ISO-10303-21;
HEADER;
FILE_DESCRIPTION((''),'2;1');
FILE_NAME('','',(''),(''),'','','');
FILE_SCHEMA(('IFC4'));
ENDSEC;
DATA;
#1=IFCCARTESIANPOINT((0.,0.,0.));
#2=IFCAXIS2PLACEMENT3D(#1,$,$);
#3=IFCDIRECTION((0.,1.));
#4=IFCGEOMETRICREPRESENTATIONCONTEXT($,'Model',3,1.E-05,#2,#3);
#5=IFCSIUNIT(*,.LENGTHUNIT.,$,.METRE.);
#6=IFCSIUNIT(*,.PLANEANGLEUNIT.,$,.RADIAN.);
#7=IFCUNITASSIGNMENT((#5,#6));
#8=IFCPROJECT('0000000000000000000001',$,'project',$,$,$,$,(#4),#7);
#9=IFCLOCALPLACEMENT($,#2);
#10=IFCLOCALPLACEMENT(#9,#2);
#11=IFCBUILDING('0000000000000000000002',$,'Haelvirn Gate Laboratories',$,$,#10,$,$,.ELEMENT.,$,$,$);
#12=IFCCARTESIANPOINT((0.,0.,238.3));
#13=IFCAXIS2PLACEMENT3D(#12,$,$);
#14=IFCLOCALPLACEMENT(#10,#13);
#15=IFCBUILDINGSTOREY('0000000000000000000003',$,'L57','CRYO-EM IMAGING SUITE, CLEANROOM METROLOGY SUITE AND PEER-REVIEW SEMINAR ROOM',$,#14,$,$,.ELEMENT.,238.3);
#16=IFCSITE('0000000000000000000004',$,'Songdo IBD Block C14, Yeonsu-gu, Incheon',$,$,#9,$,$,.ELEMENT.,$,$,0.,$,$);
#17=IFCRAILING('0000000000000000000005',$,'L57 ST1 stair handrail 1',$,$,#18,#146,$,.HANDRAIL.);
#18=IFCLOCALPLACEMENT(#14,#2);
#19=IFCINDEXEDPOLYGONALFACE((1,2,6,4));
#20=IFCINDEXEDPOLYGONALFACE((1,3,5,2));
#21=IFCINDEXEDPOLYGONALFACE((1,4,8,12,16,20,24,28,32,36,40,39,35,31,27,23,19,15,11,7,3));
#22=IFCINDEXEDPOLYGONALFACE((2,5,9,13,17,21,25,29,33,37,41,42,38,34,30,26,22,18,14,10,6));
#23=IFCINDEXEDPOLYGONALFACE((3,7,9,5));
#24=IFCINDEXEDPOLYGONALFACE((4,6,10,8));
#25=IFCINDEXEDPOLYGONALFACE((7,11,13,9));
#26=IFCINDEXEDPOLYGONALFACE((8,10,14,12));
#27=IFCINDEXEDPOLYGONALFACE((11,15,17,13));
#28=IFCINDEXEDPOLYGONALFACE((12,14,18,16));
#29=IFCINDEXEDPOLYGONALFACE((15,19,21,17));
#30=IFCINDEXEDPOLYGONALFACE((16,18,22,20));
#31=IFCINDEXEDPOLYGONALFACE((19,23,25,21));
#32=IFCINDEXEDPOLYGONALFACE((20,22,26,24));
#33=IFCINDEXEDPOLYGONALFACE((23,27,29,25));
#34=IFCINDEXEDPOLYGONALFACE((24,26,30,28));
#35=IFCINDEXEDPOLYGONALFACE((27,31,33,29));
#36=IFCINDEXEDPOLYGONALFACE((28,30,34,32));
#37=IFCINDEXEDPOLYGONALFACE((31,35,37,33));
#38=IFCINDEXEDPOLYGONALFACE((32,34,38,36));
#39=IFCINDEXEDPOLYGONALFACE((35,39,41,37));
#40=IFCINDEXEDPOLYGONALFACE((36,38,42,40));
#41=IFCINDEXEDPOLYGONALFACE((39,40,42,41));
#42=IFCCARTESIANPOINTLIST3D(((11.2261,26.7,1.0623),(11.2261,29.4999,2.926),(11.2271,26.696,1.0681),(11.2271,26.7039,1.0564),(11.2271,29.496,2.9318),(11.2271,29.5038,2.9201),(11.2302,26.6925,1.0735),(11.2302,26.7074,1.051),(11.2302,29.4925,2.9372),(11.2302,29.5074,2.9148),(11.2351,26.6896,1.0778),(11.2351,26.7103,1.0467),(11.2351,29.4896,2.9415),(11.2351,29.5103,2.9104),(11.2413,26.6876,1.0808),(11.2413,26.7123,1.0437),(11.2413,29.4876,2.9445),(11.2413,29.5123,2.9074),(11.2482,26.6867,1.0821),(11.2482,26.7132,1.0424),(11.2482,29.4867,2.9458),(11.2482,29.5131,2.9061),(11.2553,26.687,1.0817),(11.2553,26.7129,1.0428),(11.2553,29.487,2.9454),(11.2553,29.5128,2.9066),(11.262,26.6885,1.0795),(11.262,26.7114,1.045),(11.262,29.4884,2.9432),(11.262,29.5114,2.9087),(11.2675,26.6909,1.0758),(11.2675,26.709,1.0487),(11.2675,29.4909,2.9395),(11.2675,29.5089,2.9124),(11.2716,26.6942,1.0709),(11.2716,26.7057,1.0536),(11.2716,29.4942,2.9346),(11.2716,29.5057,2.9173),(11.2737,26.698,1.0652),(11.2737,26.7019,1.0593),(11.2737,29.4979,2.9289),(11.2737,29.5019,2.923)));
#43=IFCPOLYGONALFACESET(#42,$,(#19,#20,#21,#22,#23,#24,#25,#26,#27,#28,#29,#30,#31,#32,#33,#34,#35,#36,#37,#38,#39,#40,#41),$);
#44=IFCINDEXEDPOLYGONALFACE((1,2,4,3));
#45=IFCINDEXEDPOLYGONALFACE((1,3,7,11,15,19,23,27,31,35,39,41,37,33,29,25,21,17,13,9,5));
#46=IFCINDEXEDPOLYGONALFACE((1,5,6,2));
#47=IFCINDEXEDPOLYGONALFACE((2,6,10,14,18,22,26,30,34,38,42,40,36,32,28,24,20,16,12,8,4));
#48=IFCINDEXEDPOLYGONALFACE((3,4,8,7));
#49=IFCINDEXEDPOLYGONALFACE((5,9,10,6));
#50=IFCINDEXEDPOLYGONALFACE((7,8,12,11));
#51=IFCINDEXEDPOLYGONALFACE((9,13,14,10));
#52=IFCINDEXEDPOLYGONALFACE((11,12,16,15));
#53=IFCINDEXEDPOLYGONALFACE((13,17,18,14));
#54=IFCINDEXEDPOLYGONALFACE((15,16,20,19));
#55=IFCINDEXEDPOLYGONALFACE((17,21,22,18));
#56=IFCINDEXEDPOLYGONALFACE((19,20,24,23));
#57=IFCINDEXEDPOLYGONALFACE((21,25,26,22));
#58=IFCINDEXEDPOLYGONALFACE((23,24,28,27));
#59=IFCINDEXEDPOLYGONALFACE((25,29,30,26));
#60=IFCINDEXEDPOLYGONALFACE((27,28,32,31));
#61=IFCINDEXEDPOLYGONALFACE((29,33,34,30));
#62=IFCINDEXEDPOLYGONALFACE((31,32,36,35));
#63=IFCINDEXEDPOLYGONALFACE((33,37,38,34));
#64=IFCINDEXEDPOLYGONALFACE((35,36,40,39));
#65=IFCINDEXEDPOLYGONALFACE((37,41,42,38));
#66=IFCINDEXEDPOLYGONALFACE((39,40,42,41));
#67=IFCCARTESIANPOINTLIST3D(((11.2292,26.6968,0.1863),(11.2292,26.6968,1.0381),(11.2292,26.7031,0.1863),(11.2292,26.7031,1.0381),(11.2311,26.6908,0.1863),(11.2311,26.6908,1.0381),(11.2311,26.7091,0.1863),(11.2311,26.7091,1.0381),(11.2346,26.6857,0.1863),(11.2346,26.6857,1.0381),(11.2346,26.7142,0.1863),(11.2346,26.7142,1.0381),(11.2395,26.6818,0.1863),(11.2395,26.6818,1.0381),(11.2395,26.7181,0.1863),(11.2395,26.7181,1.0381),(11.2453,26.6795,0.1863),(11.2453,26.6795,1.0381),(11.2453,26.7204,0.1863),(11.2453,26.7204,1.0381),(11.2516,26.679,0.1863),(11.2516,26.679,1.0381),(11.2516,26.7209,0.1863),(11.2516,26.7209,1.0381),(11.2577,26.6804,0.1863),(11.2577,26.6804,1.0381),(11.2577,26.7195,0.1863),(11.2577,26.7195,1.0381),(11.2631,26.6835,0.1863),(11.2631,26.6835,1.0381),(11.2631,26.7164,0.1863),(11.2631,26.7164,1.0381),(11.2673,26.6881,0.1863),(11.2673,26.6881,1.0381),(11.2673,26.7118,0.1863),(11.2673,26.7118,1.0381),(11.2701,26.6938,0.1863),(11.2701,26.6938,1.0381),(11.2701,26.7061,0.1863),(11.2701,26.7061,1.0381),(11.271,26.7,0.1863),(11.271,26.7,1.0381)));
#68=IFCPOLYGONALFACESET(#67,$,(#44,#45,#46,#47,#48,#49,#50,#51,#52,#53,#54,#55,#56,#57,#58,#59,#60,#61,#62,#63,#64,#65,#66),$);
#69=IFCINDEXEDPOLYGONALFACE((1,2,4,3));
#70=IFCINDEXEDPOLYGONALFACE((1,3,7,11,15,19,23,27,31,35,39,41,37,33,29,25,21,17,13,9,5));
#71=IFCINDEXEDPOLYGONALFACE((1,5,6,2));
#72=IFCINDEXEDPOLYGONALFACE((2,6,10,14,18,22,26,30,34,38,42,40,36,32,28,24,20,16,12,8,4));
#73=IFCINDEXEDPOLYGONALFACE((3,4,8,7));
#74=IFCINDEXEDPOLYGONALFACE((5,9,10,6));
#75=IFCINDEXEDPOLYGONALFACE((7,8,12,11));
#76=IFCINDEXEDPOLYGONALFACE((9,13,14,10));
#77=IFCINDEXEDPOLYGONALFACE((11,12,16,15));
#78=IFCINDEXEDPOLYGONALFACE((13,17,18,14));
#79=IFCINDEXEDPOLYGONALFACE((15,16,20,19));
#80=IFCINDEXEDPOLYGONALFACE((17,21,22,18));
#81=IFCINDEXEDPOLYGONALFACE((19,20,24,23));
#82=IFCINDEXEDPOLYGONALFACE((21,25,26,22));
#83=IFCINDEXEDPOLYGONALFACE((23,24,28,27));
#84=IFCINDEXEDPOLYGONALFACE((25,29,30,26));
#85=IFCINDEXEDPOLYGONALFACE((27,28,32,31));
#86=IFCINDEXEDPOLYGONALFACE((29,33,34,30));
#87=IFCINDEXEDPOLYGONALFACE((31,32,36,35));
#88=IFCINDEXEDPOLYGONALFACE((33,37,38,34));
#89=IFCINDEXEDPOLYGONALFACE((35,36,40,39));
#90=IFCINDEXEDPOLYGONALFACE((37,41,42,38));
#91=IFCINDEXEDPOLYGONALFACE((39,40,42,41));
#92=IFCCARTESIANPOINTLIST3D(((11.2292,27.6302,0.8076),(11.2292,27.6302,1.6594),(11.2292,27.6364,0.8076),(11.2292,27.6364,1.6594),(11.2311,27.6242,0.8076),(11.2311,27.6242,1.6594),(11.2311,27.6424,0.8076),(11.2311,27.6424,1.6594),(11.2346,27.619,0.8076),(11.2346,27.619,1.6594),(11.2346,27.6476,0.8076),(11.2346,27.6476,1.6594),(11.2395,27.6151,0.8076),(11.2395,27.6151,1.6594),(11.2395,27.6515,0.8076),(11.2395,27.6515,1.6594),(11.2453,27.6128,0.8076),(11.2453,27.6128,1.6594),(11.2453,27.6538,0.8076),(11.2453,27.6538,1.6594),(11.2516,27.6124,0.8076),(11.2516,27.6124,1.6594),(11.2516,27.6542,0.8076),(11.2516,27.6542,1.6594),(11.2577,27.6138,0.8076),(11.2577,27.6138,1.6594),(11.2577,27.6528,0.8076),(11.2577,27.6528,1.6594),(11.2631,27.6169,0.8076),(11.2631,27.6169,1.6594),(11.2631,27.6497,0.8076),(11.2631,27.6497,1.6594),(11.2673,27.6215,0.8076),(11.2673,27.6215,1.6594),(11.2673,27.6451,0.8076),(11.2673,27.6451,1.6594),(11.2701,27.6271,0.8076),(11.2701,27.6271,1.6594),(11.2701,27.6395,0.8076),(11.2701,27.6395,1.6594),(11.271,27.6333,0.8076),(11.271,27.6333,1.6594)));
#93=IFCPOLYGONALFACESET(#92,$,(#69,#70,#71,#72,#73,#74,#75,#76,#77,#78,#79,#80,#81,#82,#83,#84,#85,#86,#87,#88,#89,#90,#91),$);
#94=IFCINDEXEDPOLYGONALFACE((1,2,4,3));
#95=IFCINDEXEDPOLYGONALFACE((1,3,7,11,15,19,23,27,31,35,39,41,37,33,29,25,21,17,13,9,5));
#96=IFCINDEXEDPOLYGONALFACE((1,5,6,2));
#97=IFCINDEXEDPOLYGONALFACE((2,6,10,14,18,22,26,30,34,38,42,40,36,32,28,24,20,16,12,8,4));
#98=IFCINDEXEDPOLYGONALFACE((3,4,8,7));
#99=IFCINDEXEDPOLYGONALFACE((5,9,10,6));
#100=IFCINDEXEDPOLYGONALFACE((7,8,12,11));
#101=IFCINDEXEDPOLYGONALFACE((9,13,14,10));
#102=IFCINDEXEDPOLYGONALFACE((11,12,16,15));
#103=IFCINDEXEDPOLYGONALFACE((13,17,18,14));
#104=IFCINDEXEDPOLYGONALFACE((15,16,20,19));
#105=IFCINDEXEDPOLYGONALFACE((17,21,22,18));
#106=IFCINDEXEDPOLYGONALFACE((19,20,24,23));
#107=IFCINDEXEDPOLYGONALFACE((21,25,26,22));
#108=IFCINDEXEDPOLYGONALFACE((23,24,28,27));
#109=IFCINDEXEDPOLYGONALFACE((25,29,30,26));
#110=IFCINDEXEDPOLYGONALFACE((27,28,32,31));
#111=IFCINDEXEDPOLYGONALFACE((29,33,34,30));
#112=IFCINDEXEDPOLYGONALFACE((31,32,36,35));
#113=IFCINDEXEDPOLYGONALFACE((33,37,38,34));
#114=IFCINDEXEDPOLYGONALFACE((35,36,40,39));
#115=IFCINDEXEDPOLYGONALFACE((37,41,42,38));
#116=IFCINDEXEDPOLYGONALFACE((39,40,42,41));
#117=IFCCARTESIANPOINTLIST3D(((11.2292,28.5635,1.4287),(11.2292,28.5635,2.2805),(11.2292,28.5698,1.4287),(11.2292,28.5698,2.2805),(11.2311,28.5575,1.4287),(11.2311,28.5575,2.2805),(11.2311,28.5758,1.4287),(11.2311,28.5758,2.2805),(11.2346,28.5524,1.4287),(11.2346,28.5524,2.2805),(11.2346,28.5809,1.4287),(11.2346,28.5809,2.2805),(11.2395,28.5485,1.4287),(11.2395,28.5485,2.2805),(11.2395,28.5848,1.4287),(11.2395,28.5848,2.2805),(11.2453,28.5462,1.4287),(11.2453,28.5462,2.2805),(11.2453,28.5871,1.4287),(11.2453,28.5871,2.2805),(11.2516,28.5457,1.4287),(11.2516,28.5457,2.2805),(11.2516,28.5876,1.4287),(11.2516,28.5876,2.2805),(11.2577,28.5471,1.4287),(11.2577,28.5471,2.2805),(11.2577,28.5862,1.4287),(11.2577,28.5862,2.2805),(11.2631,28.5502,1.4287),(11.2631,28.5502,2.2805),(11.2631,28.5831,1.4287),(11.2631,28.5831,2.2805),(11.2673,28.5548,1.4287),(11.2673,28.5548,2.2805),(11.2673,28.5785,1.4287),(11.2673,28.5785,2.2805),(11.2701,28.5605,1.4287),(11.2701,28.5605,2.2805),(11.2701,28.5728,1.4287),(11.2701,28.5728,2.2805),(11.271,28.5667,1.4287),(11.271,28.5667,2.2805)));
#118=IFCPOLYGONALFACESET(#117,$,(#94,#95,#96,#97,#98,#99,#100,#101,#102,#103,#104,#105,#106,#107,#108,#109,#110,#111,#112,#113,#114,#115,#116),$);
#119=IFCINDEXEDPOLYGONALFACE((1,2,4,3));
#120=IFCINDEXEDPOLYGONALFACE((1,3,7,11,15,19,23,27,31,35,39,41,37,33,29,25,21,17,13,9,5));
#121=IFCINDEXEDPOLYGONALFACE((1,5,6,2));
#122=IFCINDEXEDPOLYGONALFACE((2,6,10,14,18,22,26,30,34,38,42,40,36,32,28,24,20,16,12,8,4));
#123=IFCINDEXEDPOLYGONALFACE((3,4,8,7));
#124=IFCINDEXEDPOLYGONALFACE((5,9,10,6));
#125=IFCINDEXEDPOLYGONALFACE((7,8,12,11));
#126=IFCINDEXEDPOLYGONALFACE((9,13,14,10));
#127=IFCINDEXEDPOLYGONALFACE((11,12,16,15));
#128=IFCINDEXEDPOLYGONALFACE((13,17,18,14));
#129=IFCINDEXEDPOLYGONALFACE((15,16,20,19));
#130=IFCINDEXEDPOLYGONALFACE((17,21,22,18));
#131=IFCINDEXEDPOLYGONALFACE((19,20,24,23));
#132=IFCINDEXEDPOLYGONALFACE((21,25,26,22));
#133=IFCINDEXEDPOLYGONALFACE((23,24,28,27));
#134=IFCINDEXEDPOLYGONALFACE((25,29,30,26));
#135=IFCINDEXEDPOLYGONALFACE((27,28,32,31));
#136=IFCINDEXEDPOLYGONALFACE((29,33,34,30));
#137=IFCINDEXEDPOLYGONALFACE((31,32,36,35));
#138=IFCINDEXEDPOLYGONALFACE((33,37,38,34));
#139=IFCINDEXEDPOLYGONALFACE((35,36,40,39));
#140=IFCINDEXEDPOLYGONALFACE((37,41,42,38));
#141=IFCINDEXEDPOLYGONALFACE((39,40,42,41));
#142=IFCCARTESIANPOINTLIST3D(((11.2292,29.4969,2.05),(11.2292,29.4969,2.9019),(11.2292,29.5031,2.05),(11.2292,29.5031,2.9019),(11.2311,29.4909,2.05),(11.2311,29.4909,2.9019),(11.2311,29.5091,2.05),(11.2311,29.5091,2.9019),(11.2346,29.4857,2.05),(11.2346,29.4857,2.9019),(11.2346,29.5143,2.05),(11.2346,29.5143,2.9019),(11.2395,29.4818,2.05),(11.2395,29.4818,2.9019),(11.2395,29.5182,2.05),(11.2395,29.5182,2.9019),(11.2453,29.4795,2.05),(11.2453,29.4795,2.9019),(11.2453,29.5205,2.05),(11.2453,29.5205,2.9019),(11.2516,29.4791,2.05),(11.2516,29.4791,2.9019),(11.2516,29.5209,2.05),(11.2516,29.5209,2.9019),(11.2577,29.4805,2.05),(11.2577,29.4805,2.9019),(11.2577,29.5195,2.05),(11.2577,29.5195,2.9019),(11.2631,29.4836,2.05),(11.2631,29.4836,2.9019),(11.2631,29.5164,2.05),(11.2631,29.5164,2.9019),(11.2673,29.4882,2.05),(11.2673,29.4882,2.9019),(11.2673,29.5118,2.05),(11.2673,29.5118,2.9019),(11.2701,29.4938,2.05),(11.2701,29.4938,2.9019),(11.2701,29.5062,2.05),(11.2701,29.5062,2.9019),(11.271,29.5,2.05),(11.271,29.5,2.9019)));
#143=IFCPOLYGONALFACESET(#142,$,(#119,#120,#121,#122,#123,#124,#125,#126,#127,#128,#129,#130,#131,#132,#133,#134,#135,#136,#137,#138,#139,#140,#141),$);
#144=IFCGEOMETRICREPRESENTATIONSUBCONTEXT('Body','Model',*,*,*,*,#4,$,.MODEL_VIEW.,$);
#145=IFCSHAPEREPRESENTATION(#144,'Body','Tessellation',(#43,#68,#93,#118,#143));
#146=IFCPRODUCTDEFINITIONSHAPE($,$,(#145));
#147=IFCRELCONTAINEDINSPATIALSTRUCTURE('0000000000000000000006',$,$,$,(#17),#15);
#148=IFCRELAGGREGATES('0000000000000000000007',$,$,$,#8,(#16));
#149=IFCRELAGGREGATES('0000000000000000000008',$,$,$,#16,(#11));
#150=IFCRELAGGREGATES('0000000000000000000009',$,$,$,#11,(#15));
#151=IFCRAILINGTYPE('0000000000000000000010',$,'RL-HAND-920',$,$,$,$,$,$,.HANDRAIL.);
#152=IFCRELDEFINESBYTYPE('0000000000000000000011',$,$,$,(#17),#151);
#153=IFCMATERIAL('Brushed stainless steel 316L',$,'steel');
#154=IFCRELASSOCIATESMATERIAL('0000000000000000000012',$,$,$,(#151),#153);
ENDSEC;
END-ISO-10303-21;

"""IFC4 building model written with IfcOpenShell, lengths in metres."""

from ifc_helpers import new_model, si_unit, direction, frame, origin, origin_2d, place, context, subcontext, project, spatial, circle, extrude, source, transform, mapped, material, type_object, element, save


model = new_model("IFC4")

# Units and contexts
model_context = context("Model", 3, precision=1e-05, world=origin(), true_north=direction((0.0, 1.0)))
body_context = subcontext(model_context, "Body", "Model", "MODEL_VIEW")
ifc_project = project(units=[si_unit("LENGTHUNIT", "METRE"), si_unit("PLANEANGLEUNIT", "RADIAN")], contexts=[model_context])

# Site, building, storey
site_placement = place(None, origin())
site = spatial("IfcSite", under=ifc_project, at=site_placement, Name="Songdo IBD Block C14, Yeonsu-gu, Incheon", CompositionType="ELEMENT", RefElevation=0.0)
building_placement = place(site_placement, origin())
building = spatial("IfcBuilding", under=site, at=building_placement, Name="Haelvirn Gate Laboratories", CompositionType="ELEMENT")
storey_placement = place(building_placement, frame((0.0, 0.0, 238.3)))
storey = spatial("IfcBuildingStorey", under=building, at=storey_placement, Name="L57", Description="CRYO-EM IMAGING SUITE, CLEANROOM METROLOGY SUITE AND PEER-REVIEW SEMINAR ROOM", CompositionType="ELEMENT", Elevation=238.3)

# Railing
ifc_material_1 = material(Name="Brushed stainless steel 316L", Category="steel")
railing_type_1 = type_object("IfcRailingType", Name="RL-HAND-920", PredefinedType="HANDRAIL", material=ifc_material_1)
shared_shape_1 = source(origin(), body_context, "Body", "SweptSolid", [
    extrude(circle(Radius=0.0239, at=origin_2d()), frame((0.0, 0.0, 0.876), z_axis=(0.0, 0.832452, 0.554097), x_axis=(-1.0, 0.0, 0.0)), (0.0, 0.0, 1.0), 3.3635),
    extrude(circle(Radius=0.021, at=origin_2d()), origin(), (0.0, 0.0, 1.0), 0.8518),
    extrude(circle(Radius=0.021, at=origin_2d()), frame((0.0, 0.9333, 0.6213)), (0.0, 0.0, 1.0), 0.8518),
    extrude(circle(Radius=0.021, at=origin_2d()), frame((0.0, 1.8667, 1.2424)), (0.0, 0.0, 1.0), 0.8518),
    extrude(circle(Radius=0.021, at=origin_2d()), frame((0.0, 2.8, 1.8638)), (0.0, 0.0, 1.0), 0.8518),
])
railing_1_placement = place(storey_placement, frame((11.25, 26.7, 0.1863)))
element("IfcRailing", 1, at=railing_1_placement, inside=storey, type_object=railing_type_1, Name="L57 ST1 stair handrail 1", PredefinedType="HANDRAIL", context=body_context, shape_type="MappedRepresentation", body=[
    mapped(shared_shape_1, transform((0.0, 0.0, 0.0), scale=1.0)),
])

save(model, "model.ifc")
